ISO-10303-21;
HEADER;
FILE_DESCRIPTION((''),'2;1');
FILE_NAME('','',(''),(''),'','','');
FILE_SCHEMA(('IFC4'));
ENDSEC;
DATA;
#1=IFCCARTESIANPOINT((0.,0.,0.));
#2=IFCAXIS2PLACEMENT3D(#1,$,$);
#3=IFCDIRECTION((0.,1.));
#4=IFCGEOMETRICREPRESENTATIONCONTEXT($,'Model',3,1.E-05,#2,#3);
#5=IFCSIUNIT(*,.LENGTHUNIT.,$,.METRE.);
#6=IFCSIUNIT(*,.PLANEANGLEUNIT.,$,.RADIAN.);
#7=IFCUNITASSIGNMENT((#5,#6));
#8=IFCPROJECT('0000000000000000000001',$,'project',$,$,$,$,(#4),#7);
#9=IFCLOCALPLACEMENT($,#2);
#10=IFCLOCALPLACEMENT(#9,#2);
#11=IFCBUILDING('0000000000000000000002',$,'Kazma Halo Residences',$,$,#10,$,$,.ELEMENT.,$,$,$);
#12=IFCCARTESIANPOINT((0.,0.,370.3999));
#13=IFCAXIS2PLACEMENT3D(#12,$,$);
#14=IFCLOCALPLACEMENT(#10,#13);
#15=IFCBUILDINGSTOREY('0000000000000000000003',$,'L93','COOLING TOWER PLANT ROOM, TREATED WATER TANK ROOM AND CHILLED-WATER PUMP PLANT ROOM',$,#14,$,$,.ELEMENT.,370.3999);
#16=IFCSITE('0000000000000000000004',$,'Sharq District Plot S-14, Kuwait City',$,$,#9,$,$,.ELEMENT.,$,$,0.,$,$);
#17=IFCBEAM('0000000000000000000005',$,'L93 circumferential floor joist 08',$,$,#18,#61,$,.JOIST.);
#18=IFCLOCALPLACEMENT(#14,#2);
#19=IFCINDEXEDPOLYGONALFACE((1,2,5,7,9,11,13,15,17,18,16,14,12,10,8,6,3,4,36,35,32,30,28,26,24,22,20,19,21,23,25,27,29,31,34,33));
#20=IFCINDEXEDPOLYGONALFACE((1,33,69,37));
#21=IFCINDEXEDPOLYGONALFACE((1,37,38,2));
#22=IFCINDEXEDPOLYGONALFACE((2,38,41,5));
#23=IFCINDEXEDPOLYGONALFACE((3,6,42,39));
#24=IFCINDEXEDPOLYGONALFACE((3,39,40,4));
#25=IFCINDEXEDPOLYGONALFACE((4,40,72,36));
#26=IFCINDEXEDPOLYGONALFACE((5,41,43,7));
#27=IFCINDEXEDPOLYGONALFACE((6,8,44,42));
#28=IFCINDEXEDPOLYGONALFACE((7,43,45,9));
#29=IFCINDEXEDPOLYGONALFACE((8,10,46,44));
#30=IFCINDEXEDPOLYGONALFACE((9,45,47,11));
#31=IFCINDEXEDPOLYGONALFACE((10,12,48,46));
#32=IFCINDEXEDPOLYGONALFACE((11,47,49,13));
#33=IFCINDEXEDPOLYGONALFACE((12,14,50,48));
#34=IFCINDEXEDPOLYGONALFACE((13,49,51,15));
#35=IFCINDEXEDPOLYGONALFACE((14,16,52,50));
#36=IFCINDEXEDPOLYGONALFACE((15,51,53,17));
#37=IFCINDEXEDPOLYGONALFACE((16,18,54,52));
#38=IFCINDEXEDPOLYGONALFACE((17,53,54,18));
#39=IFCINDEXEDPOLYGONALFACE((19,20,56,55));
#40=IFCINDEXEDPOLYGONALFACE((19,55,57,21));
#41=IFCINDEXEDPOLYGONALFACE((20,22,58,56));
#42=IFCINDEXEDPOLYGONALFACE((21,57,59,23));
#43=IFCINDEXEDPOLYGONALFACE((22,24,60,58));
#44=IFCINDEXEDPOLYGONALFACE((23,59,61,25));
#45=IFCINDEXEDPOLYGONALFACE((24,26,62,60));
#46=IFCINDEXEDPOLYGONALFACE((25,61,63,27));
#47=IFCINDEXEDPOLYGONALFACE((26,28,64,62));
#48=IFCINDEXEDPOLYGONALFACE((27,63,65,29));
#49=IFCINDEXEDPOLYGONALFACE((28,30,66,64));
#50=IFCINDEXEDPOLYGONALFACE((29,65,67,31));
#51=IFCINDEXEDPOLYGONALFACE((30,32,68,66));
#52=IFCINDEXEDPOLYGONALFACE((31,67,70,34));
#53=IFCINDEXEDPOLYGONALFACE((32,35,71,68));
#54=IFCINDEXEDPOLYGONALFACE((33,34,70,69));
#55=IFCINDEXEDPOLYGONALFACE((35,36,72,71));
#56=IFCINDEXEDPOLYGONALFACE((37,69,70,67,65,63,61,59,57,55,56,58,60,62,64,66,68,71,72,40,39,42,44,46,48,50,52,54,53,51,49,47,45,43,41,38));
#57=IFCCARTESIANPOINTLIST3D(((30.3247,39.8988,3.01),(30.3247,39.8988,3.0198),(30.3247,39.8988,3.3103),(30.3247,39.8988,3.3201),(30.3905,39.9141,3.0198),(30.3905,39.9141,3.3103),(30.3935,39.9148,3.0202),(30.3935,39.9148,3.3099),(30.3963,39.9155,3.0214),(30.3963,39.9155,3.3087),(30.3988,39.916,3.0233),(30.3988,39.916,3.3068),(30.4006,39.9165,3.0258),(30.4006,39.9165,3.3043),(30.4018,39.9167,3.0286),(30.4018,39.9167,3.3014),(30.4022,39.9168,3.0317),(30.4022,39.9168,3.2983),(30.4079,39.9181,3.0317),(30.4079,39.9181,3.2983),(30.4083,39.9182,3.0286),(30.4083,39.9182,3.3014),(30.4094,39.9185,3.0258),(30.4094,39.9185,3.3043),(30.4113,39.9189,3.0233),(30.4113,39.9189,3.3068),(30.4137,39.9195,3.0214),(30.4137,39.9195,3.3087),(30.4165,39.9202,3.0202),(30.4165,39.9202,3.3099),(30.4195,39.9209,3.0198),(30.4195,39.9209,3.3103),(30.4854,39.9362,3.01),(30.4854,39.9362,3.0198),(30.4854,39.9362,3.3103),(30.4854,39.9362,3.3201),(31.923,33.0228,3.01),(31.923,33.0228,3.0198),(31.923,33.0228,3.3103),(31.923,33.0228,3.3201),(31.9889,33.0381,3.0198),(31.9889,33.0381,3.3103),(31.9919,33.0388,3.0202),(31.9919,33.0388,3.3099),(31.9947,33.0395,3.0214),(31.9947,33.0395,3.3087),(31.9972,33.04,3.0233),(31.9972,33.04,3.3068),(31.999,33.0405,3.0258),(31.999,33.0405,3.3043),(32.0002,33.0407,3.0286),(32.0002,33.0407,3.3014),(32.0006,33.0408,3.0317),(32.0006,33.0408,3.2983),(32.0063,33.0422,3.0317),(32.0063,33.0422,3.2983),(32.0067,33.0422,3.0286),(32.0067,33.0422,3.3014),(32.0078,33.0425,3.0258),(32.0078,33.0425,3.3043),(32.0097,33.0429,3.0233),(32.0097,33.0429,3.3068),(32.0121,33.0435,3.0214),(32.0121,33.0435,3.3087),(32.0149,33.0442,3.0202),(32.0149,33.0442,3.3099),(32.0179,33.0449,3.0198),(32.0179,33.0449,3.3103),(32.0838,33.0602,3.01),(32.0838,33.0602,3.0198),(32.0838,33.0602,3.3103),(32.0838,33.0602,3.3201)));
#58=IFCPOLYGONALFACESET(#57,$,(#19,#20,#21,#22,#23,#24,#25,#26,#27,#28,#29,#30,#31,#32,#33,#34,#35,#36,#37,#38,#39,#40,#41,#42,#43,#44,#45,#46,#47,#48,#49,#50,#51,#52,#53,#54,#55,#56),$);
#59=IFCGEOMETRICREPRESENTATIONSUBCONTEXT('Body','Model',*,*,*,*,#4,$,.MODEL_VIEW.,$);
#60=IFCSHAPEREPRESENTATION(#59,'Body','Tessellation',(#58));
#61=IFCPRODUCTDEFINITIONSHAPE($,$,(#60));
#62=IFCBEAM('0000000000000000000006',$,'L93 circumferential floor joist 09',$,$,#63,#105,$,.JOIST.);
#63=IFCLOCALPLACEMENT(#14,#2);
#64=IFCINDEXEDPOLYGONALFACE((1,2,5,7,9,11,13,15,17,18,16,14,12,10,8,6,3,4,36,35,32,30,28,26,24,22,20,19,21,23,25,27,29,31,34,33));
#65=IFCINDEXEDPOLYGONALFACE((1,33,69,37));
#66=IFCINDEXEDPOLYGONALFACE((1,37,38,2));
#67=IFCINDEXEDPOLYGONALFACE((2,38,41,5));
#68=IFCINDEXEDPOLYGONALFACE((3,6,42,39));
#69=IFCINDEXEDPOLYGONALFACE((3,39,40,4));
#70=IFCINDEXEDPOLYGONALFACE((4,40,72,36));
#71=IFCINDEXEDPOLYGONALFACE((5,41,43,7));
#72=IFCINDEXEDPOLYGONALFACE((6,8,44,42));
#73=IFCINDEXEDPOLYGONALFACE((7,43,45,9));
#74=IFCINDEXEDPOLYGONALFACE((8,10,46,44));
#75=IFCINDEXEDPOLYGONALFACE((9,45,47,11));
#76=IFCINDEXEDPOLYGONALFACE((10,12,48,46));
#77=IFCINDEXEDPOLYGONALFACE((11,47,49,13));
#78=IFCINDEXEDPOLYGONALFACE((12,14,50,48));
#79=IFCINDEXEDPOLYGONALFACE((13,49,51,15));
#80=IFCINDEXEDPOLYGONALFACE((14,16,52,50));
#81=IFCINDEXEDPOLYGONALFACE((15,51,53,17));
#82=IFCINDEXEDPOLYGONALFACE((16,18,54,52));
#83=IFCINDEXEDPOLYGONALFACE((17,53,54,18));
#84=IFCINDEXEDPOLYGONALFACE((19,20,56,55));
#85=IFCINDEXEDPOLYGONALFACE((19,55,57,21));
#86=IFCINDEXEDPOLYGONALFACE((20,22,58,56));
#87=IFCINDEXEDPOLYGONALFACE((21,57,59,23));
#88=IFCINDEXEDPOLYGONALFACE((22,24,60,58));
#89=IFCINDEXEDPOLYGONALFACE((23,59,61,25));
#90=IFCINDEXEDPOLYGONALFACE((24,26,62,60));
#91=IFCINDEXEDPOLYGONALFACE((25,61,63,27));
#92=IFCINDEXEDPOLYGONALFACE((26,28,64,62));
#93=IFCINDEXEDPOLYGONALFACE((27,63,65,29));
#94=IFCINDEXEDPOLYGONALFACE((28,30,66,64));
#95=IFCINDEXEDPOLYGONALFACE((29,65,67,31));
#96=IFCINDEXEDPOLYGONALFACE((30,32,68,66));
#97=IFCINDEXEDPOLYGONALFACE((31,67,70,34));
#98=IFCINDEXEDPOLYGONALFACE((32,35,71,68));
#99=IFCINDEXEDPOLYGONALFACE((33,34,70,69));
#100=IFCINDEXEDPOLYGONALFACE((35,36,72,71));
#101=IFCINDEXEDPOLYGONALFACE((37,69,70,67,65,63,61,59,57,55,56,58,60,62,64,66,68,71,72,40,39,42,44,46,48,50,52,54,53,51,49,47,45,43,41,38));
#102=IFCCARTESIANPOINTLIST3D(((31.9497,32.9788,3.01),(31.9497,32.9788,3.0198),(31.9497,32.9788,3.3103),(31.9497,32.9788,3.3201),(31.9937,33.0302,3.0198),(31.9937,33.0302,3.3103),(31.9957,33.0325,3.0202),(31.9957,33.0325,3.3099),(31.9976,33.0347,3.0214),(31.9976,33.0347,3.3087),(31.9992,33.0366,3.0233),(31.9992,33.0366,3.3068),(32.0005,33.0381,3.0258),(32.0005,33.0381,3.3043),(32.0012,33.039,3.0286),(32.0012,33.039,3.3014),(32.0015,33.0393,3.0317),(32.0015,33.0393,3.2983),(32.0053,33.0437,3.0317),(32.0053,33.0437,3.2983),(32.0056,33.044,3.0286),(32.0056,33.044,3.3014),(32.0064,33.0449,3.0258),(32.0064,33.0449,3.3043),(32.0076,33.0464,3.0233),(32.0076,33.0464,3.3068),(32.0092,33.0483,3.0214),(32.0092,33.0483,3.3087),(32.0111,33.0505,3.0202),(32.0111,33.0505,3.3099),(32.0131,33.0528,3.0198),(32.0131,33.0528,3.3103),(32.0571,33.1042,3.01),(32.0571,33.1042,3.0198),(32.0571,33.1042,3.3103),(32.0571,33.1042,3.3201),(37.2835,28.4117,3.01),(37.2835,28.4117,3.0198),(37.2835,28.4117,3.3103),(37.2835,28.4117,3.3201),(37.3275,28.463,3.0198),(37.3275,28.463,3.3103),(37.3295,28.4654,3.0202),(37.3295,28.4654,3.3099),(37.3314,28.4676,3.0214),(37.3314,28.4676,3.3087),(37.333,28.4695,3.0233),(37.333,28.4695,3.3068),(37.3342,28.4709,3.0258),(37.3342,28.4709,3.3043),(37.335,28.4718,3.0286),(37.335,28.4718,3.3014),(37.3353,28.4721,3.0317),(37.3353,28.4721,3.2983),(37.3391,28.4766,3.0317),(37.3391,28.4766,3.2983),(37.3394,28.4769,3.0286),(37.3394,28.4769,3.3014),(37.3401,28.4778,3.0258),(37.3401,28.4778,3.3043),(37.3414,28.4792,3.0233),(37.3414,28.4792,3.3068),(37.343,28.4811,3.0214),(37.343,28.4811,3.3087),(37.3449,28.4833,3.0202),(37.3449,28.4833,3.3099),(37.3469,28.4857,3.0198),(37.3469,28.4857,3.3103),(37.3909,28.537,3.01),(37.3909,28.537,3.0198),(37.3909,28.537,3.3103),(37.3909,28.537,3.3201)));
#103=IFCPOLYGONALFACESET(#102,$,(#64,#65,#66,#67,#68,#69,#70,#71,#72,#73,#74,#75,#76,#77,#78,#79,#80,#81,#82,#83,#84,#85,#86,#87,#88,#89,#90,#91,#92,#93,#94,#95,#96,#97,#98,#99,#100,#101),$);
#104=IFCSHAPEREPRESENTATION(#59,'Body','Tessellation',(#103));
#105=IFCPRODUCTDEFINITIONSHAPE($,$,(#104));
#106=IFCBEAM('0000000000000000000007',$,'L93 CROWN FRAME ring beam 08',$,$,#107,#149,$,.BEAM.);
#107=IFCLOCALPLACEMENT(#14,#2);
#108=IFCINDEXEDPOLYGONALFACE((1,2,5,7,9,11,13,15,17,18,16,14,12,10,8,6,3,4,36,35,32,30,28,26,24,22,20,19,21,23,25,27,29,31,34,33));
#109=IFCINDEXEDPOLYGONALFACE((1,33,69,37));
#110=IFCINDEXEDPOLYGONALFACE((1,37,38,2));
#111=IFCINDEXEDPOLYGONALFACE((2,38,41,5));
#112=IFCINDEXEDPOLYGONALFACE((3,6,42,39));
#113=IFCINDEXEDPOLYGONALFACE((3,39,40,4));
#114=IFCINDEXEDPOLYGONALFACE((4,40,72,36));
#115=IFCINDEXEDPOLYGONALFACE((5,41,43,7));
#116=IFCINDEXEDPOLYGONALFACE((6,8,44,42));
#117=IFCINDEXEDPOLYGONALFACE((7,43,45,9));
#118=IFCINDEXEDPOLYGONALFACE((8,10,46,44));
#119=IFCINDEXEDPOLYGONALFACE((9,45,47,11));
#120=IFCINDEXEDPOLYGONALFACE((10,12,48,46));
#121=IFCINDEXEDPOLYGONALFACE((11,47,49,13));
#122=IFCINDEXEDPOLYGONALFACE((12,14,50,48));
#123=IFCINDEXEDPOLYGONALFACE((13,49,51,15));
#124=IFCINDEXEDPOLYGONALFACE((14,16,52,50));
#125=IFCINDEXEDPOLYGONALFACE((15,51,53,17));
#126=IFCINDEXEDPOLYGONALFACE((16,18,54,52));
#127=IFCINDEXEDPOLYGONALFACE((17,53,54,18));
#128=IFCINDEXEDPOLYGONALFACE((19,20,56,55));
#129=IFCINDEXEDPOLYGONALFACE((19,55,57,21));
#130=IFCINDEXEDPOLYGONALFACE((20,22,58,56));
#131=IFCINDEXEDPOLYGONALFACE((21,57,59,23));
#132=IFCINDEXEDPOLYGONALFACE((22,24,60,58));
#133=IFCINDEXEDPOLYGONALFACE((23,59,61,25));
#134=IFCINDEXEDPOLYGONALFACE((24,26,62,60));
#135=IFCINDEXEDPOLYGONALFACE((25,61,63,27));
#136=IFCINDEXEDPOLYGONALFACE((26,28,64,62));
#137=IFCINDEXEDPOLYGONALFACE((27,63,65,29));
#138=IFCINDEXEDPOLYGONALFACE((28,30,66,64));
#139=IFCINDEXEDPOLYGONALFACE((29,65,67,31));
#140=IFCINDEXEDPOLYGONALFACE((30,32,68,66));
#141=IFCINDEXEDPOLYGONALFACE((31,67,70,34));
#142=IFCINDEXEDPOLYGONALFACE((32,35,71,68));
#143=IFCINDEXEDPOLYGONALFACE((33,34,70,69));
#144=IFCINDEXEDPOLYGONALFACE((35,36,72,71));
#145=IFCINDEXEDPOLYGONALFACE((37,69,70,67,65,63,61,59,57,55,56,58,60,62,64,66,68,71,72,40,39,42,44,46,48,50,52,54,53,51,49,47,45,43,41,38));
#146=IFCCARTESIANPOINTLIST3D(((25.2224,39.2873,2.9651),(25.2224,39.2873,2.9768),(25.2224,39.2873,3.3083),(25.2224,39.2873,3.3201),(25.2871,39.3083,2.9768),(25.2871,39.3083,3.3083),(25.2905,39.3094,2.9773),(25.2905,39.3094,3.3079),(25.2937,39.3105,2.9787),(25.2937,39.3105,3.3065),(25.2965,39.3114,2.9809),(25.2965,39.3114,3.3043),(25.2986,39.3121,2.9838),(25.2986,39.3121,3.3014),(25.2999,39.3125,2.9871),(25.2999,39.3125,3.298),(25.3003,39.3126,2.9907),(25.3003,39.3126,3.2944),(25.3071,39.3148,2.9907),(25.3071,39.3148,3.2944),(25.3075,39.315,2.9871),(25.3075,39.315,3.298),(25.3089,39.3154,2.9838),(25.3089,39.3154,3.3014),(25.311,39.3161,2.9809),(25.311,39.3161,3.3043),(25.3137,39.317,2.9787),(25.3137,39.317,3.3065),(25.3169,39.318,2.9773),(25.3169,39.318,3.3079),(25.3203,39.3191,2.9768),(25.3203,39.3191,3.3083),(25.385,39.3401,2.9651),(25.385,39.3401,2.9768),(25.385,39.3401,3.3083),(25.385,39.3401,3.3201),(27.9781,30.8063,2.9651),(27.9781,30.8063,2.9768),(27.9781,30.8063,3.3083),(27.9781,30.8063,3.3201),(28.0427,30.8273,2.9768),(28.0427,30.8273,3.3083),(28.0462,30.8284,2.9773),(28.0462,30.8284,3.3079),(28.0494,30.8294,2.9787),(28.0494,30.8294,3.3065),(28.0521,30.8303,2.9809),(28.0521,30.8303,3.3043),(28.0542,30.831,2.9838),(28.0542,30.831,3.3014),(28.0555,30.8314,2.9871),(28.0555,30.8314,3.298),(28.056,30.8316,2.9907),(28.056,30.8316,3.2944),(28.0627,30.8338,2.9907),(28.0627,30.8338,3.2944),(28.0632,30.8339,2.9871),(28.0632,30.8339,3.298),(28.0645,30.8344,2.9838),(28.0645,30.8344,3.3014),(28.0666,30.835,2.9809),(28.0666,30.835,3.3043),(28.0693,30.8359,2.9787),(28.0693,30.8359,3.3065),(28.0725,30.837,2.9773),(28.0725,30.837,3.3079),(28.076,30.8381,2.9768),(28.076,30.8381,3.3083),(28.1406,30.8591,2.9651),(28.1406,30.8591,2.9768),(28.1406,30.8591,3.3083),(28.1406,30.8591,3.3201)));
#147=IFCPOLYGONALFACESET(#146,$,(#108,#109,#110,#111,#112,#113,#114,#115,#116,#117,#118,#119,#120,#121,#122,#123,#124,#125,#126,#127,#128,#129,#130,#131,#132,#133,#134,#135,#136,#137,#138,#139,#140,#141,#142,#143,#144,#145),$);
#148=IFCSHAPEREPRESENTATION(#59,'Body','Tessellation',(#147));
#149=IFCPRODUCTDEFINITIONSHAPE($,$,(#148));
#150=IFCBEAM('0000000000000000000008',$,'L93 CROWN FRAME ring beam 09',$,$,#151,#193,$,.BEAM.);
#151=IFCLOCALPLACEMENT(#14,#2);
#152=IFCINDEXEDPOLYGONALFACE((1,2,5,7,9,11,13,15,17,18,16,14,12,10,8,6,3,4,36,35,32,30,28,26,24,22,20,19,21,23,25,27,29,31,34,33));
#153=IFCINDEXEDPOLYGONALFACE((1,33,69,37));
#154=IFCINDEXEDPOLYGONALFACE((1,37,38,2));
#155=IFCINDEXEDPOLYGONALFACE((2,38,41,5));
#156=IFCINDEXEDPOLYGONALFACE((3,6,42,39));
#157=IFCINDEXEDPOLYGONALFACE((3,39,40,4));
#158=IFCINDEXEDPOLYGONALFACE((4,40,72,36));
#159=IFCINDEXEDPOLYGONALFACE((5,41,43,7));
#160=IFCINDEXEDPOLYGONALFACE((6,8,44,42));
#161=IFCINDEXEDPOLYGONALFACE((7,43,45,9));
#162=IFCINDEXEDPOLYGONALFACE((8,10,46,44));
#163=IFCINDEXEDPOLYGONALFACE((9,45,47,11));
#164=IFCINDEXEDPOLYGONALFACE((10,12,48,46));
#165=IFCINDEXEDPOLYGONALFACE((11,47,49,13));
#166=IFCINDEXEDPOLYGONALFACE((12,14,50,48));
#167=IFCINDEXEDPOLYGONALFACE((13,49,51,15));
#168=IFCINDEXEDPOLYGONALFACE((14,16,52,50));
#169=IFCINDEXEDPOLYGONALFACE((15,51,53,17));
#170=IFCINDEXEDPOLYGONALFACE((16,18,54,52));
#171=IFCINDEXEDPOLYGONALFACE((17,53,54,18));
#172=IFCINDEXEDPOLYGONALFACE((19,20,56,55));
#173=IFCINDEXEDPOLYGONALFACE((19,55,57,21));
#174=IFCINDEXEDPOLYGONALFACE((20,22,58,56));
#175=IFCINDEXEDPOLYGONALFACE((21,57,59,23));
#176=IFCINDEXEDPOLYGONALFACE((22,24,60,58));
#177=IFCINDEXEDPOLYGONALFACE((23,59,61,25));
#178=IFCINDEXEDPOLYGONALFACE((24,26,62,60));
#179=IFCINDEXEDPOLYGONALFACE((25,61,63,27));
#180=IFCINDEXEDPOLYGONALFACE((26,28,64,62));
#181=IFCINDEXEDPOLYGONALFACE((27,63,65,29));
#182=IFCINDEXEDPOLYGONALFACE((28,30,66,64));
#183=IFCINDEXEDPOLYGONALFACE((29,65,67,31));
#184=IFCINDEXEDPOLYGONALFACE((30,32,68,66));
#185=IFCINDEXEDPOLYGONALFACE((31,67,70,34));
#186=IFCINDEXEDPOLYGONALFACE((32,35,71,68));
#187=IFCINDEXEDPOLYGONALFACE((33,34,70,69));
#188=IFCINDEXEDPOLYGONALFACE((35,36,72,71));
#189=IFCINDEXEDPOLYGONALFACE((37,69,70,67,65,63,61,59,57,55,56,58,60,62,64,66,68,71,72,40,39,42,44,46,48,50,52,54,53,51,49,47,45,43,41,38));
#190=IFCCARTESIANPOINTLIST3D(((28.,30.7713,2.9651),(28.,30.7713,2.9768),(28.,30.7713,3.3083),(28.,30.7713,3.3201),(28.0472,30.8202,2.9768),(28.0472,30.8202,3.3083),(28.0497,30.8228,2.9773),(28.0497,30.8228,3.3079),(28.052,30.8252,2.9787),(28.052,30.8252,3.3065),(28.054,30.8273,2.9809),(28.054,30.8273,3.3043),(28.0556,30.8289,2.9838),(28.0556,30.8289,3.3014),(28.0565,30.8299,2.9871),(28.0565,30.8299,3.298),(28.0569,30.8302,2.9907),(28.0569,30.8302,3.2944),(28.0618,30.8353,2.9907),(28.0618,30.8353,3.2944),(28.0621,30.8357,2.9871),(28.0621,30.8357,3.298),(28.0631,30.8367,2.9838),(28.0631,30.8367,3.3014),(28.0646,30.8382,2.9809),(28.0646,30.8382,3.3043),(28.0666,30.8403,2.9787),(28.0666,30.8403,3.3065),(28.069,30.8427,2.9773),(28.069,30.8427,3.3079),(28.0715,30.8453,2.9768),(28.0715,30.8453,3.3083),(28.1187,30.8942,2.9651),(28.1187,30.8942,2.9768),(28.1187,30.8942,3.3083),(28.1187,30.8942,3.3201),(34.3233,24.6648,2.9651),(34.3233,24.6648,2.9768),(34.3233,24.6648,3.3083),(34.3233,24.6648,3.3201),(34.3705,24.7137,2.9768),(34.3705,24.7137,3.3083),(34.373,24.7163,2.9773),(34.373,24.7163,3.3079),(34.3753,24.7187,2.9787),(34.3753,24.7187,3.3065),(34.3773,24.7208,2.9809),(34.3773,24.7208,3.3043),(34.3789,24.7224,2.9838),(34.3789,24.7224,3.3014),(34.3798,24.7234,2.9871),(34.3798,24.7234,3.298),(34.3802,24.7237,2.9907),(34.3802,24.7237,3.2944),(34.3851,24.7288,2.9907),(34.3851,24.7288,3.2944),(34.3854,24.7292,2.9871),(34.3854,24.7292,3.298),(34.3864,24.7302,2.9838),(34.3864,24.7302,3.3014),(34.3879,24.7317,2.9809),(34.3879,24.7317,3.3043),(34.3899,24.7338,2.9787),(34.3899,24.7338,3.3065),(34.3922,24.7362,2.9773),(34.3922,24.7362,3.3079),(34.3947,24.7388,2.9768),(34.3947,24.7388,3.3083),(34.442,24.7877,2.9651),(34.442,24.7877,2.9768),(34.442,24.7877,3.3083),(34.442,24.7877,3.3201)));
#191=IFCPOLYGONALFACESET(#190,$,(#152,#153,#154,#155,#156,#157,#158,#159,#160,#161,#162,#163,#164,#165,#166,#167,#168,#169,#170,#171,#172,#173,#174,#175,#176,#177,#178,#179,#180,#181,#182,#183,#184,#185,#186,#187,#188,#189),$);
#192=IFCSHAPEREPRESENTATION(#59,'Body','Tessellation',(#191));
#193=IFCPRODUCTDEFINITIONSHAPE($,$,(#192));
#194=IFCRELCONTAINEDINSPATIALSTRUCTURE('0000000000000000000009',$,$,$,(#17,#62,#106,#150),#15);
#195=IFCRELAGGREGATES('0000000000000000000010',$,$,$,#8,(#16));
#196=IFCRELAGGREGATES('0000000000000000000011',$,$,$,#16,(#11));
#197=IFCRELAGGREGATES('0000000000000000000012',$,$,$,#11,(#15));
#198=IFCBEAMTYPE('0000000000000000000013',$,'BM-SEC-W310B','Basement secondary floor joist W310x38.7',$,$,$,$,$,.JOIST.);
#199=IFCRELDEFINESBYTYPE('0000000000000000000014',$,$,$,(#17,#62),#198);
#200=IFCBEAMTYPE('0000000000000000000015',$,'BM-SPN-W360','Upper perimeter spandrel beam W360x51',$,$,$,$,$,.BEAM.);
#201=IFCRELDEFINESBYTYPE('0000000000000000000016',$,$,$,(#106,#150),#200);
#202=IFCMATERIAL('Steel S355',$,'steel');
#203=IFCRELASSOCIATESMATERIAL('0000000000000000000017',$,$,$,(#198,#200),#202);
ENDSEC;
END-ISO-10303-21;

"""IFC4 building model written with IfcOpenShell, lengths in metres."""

from ifc_helpers import new_model, si_unit, direction, frame, origin, origin_2d, place, context, subcontext, project, spatial, i_section, extrude, material, material_profile, profile_set, type_object, element, save


model = new_model("IFC4")

# Units and contexts
model_context = context("Model", 3, precision=1e-05, world=origin(), true_north=direction((0.0, 1.0)))
body_context = subcontext(model_context, "Body", "Model", "MODEL_VIEW")
ifc_project = project(units=[si_unit("LENGTHUNIT", "METRE"), si_unit("PLANEANGLEUNIT", "RADIAN")], contexts=[model_context])

# Site, building, storey
site_placement = place(None, origin())
site = spatial("IfcSite", under=ifc_project, at=site_placement, Name="Sharq District Plot S-14, Kuwait City", CompositionType="ELEMENT", RefElevation=0.0)
building_placement = place(site_placement, origin())
building = spatial("IfcBuilding", under=site, at=building_placement, Name="Kazma Halo Residences", CompositionType="ELEMENT")
storey_placement = place(building_placement, frame((0.0, 0.0, 370.3999)))
storey = spatial("IfcBuildingStorey", under=building, at=storey_placement, Name="L93", Description="COOLING TOWER PLANT ROOM, TREATED WATER TANK ROOM AND CHILLED-WATER PUMP PLANT ROOM", CompositionType="ELEMENT", Elevation=370.3999)

# Shared definitions
ifc_material_1 = material(Name="Steel S355", Category="steel")

# Beams
ifc_material_profile_1 = material_profile(ifc_material_1, i_section(OverallWidth=0.165, OverallDepth=0.3101, WebThickness=0.0059, FlangeThickness=0.0098, FilletRadius=0.012, at=origin_2d()), Name="W310x38.7")
ifc_profile_set_1 = profile_set([ifc_material_profile_1], Name="Steel S355")
beam_type_1 = type_object("IfcBeamType", Name="BM-SEC-W310B", Description="Basement secondary floor joist W310x38.7", PredefinedType="JOIST", material=ifc_profile_set_1)
beam_1_placement = place(storey_placement, frame((30.405, 39.9175, 3.165), z_axis=(0.226423, -0.974029, 0.0), x_axis=(0.974029, 0.226423, 0.0)))
element("IfcBeam", 1, at=beam_1_placement, inside=storey, type_object=beam_type_1, Name="L93 circumferential floor joist 08", PredefinedType="JOIST", context=body_context, shape_type="SweptSolid", body=[
    extrude(i_section(OverallWidth=0.165, OverallDepth=0.3101, WebThickness=0.0059, FlangeThickness=0.0098, FilletRadius=0.012, at=origin_2d()), origin(), (0.0, 0.0, 1.0), 7.0593),
])
beam_2_placement = place(storey_placement, frame((32.0034, 33.0415, 3.165), z_axis=(0.759583, -0.65041, 0.0), x_axis=(0.65041, 0.759583, 0.0)))
element("IfcBeam", 2, at=beam_2_placement, inside=storey, type_object=beam_type_1, Name="L93 circumferential floor joist 09", PredefinedType="JOIST", context=body_context, shape_type="SweptSolid", body=[
    extrude(i_section(OverallWidth=0.165, OverallDepth=0.3101, WebThickness=0.0059, FlangeThickness=0.0098, FilletRadius=0.012, at=origin_2d()), origin(), (0.0, 0.0, 1.0), 7.022),
])
ifc_material_profile_2 = material_profile(ifc_material_1, i_section(OverallWidth=0.1709, OverallDepth=0.355, WebThickness=0.0071, FlangeThickness=0.0117, FilletRadius=0.0139, at=origin_2d()), Name="W360x51")
ifc_profile_set_2 = profile_set([ifc_material_profile_2], Name="Steel S355")
beam_type_2 = type_object("IfcBeamType", Name="BM-SPN-W360", Description="Upper perimeter spandrel beam W360x51", PredefinedType="BEAM", material=ifc_profile_set_2)
beam_3_placement = place(storey_placement, frame((25.3037, 39.3137, 3.1426), z_axis=(0.309015, -0.951057, 0.0), x_axis=(0.951057, 0.309015, 0.0)))
element("IfcBeam", 3, at=beam_3_placement, inside=storey, type_object=beam_type_2, Name="L93 CROWN FRAME ring beam 08", PredefinedType="BEAM", context=body_context, shape_type="SweptSolid", body=[
    extrude(i_section(OverallWidth=0.1709, OverallDepth=0.355, WebThickness=0.0071, FlangeThickness=0.0117, FilletRadius=0.0139, at=origin_2d()), origin(), (0.0, 0.0, 1.0), 8.9175),
])
beam_4_placement = place(storey_placement, frame((28.0593, 30.8328, 3.1426), z_axis=(0.719331, -0.694668, 0.0), x_axis=(0.694668, 0.719331, 0.0)))
element("IfcBeam", 4, at=beam_4_placement, inside=storey, type_object=beam_type_2, Name="L93 CROWN FRAME ring beam 09", PredefinedType="BEAM", context=body_context, shape_type="SweptSolid", body=[
    extrude(i_section(OverallWidth=0.1709, OverallDepth=0.355, WebThickness=0.0071, FlangeThickness=0.0117, FilletRadius=0.0139, at=origin_2d()), origin(), (0.0, 0.0, 1.0), 8.7905),
])

save(model, "model.ifc")
